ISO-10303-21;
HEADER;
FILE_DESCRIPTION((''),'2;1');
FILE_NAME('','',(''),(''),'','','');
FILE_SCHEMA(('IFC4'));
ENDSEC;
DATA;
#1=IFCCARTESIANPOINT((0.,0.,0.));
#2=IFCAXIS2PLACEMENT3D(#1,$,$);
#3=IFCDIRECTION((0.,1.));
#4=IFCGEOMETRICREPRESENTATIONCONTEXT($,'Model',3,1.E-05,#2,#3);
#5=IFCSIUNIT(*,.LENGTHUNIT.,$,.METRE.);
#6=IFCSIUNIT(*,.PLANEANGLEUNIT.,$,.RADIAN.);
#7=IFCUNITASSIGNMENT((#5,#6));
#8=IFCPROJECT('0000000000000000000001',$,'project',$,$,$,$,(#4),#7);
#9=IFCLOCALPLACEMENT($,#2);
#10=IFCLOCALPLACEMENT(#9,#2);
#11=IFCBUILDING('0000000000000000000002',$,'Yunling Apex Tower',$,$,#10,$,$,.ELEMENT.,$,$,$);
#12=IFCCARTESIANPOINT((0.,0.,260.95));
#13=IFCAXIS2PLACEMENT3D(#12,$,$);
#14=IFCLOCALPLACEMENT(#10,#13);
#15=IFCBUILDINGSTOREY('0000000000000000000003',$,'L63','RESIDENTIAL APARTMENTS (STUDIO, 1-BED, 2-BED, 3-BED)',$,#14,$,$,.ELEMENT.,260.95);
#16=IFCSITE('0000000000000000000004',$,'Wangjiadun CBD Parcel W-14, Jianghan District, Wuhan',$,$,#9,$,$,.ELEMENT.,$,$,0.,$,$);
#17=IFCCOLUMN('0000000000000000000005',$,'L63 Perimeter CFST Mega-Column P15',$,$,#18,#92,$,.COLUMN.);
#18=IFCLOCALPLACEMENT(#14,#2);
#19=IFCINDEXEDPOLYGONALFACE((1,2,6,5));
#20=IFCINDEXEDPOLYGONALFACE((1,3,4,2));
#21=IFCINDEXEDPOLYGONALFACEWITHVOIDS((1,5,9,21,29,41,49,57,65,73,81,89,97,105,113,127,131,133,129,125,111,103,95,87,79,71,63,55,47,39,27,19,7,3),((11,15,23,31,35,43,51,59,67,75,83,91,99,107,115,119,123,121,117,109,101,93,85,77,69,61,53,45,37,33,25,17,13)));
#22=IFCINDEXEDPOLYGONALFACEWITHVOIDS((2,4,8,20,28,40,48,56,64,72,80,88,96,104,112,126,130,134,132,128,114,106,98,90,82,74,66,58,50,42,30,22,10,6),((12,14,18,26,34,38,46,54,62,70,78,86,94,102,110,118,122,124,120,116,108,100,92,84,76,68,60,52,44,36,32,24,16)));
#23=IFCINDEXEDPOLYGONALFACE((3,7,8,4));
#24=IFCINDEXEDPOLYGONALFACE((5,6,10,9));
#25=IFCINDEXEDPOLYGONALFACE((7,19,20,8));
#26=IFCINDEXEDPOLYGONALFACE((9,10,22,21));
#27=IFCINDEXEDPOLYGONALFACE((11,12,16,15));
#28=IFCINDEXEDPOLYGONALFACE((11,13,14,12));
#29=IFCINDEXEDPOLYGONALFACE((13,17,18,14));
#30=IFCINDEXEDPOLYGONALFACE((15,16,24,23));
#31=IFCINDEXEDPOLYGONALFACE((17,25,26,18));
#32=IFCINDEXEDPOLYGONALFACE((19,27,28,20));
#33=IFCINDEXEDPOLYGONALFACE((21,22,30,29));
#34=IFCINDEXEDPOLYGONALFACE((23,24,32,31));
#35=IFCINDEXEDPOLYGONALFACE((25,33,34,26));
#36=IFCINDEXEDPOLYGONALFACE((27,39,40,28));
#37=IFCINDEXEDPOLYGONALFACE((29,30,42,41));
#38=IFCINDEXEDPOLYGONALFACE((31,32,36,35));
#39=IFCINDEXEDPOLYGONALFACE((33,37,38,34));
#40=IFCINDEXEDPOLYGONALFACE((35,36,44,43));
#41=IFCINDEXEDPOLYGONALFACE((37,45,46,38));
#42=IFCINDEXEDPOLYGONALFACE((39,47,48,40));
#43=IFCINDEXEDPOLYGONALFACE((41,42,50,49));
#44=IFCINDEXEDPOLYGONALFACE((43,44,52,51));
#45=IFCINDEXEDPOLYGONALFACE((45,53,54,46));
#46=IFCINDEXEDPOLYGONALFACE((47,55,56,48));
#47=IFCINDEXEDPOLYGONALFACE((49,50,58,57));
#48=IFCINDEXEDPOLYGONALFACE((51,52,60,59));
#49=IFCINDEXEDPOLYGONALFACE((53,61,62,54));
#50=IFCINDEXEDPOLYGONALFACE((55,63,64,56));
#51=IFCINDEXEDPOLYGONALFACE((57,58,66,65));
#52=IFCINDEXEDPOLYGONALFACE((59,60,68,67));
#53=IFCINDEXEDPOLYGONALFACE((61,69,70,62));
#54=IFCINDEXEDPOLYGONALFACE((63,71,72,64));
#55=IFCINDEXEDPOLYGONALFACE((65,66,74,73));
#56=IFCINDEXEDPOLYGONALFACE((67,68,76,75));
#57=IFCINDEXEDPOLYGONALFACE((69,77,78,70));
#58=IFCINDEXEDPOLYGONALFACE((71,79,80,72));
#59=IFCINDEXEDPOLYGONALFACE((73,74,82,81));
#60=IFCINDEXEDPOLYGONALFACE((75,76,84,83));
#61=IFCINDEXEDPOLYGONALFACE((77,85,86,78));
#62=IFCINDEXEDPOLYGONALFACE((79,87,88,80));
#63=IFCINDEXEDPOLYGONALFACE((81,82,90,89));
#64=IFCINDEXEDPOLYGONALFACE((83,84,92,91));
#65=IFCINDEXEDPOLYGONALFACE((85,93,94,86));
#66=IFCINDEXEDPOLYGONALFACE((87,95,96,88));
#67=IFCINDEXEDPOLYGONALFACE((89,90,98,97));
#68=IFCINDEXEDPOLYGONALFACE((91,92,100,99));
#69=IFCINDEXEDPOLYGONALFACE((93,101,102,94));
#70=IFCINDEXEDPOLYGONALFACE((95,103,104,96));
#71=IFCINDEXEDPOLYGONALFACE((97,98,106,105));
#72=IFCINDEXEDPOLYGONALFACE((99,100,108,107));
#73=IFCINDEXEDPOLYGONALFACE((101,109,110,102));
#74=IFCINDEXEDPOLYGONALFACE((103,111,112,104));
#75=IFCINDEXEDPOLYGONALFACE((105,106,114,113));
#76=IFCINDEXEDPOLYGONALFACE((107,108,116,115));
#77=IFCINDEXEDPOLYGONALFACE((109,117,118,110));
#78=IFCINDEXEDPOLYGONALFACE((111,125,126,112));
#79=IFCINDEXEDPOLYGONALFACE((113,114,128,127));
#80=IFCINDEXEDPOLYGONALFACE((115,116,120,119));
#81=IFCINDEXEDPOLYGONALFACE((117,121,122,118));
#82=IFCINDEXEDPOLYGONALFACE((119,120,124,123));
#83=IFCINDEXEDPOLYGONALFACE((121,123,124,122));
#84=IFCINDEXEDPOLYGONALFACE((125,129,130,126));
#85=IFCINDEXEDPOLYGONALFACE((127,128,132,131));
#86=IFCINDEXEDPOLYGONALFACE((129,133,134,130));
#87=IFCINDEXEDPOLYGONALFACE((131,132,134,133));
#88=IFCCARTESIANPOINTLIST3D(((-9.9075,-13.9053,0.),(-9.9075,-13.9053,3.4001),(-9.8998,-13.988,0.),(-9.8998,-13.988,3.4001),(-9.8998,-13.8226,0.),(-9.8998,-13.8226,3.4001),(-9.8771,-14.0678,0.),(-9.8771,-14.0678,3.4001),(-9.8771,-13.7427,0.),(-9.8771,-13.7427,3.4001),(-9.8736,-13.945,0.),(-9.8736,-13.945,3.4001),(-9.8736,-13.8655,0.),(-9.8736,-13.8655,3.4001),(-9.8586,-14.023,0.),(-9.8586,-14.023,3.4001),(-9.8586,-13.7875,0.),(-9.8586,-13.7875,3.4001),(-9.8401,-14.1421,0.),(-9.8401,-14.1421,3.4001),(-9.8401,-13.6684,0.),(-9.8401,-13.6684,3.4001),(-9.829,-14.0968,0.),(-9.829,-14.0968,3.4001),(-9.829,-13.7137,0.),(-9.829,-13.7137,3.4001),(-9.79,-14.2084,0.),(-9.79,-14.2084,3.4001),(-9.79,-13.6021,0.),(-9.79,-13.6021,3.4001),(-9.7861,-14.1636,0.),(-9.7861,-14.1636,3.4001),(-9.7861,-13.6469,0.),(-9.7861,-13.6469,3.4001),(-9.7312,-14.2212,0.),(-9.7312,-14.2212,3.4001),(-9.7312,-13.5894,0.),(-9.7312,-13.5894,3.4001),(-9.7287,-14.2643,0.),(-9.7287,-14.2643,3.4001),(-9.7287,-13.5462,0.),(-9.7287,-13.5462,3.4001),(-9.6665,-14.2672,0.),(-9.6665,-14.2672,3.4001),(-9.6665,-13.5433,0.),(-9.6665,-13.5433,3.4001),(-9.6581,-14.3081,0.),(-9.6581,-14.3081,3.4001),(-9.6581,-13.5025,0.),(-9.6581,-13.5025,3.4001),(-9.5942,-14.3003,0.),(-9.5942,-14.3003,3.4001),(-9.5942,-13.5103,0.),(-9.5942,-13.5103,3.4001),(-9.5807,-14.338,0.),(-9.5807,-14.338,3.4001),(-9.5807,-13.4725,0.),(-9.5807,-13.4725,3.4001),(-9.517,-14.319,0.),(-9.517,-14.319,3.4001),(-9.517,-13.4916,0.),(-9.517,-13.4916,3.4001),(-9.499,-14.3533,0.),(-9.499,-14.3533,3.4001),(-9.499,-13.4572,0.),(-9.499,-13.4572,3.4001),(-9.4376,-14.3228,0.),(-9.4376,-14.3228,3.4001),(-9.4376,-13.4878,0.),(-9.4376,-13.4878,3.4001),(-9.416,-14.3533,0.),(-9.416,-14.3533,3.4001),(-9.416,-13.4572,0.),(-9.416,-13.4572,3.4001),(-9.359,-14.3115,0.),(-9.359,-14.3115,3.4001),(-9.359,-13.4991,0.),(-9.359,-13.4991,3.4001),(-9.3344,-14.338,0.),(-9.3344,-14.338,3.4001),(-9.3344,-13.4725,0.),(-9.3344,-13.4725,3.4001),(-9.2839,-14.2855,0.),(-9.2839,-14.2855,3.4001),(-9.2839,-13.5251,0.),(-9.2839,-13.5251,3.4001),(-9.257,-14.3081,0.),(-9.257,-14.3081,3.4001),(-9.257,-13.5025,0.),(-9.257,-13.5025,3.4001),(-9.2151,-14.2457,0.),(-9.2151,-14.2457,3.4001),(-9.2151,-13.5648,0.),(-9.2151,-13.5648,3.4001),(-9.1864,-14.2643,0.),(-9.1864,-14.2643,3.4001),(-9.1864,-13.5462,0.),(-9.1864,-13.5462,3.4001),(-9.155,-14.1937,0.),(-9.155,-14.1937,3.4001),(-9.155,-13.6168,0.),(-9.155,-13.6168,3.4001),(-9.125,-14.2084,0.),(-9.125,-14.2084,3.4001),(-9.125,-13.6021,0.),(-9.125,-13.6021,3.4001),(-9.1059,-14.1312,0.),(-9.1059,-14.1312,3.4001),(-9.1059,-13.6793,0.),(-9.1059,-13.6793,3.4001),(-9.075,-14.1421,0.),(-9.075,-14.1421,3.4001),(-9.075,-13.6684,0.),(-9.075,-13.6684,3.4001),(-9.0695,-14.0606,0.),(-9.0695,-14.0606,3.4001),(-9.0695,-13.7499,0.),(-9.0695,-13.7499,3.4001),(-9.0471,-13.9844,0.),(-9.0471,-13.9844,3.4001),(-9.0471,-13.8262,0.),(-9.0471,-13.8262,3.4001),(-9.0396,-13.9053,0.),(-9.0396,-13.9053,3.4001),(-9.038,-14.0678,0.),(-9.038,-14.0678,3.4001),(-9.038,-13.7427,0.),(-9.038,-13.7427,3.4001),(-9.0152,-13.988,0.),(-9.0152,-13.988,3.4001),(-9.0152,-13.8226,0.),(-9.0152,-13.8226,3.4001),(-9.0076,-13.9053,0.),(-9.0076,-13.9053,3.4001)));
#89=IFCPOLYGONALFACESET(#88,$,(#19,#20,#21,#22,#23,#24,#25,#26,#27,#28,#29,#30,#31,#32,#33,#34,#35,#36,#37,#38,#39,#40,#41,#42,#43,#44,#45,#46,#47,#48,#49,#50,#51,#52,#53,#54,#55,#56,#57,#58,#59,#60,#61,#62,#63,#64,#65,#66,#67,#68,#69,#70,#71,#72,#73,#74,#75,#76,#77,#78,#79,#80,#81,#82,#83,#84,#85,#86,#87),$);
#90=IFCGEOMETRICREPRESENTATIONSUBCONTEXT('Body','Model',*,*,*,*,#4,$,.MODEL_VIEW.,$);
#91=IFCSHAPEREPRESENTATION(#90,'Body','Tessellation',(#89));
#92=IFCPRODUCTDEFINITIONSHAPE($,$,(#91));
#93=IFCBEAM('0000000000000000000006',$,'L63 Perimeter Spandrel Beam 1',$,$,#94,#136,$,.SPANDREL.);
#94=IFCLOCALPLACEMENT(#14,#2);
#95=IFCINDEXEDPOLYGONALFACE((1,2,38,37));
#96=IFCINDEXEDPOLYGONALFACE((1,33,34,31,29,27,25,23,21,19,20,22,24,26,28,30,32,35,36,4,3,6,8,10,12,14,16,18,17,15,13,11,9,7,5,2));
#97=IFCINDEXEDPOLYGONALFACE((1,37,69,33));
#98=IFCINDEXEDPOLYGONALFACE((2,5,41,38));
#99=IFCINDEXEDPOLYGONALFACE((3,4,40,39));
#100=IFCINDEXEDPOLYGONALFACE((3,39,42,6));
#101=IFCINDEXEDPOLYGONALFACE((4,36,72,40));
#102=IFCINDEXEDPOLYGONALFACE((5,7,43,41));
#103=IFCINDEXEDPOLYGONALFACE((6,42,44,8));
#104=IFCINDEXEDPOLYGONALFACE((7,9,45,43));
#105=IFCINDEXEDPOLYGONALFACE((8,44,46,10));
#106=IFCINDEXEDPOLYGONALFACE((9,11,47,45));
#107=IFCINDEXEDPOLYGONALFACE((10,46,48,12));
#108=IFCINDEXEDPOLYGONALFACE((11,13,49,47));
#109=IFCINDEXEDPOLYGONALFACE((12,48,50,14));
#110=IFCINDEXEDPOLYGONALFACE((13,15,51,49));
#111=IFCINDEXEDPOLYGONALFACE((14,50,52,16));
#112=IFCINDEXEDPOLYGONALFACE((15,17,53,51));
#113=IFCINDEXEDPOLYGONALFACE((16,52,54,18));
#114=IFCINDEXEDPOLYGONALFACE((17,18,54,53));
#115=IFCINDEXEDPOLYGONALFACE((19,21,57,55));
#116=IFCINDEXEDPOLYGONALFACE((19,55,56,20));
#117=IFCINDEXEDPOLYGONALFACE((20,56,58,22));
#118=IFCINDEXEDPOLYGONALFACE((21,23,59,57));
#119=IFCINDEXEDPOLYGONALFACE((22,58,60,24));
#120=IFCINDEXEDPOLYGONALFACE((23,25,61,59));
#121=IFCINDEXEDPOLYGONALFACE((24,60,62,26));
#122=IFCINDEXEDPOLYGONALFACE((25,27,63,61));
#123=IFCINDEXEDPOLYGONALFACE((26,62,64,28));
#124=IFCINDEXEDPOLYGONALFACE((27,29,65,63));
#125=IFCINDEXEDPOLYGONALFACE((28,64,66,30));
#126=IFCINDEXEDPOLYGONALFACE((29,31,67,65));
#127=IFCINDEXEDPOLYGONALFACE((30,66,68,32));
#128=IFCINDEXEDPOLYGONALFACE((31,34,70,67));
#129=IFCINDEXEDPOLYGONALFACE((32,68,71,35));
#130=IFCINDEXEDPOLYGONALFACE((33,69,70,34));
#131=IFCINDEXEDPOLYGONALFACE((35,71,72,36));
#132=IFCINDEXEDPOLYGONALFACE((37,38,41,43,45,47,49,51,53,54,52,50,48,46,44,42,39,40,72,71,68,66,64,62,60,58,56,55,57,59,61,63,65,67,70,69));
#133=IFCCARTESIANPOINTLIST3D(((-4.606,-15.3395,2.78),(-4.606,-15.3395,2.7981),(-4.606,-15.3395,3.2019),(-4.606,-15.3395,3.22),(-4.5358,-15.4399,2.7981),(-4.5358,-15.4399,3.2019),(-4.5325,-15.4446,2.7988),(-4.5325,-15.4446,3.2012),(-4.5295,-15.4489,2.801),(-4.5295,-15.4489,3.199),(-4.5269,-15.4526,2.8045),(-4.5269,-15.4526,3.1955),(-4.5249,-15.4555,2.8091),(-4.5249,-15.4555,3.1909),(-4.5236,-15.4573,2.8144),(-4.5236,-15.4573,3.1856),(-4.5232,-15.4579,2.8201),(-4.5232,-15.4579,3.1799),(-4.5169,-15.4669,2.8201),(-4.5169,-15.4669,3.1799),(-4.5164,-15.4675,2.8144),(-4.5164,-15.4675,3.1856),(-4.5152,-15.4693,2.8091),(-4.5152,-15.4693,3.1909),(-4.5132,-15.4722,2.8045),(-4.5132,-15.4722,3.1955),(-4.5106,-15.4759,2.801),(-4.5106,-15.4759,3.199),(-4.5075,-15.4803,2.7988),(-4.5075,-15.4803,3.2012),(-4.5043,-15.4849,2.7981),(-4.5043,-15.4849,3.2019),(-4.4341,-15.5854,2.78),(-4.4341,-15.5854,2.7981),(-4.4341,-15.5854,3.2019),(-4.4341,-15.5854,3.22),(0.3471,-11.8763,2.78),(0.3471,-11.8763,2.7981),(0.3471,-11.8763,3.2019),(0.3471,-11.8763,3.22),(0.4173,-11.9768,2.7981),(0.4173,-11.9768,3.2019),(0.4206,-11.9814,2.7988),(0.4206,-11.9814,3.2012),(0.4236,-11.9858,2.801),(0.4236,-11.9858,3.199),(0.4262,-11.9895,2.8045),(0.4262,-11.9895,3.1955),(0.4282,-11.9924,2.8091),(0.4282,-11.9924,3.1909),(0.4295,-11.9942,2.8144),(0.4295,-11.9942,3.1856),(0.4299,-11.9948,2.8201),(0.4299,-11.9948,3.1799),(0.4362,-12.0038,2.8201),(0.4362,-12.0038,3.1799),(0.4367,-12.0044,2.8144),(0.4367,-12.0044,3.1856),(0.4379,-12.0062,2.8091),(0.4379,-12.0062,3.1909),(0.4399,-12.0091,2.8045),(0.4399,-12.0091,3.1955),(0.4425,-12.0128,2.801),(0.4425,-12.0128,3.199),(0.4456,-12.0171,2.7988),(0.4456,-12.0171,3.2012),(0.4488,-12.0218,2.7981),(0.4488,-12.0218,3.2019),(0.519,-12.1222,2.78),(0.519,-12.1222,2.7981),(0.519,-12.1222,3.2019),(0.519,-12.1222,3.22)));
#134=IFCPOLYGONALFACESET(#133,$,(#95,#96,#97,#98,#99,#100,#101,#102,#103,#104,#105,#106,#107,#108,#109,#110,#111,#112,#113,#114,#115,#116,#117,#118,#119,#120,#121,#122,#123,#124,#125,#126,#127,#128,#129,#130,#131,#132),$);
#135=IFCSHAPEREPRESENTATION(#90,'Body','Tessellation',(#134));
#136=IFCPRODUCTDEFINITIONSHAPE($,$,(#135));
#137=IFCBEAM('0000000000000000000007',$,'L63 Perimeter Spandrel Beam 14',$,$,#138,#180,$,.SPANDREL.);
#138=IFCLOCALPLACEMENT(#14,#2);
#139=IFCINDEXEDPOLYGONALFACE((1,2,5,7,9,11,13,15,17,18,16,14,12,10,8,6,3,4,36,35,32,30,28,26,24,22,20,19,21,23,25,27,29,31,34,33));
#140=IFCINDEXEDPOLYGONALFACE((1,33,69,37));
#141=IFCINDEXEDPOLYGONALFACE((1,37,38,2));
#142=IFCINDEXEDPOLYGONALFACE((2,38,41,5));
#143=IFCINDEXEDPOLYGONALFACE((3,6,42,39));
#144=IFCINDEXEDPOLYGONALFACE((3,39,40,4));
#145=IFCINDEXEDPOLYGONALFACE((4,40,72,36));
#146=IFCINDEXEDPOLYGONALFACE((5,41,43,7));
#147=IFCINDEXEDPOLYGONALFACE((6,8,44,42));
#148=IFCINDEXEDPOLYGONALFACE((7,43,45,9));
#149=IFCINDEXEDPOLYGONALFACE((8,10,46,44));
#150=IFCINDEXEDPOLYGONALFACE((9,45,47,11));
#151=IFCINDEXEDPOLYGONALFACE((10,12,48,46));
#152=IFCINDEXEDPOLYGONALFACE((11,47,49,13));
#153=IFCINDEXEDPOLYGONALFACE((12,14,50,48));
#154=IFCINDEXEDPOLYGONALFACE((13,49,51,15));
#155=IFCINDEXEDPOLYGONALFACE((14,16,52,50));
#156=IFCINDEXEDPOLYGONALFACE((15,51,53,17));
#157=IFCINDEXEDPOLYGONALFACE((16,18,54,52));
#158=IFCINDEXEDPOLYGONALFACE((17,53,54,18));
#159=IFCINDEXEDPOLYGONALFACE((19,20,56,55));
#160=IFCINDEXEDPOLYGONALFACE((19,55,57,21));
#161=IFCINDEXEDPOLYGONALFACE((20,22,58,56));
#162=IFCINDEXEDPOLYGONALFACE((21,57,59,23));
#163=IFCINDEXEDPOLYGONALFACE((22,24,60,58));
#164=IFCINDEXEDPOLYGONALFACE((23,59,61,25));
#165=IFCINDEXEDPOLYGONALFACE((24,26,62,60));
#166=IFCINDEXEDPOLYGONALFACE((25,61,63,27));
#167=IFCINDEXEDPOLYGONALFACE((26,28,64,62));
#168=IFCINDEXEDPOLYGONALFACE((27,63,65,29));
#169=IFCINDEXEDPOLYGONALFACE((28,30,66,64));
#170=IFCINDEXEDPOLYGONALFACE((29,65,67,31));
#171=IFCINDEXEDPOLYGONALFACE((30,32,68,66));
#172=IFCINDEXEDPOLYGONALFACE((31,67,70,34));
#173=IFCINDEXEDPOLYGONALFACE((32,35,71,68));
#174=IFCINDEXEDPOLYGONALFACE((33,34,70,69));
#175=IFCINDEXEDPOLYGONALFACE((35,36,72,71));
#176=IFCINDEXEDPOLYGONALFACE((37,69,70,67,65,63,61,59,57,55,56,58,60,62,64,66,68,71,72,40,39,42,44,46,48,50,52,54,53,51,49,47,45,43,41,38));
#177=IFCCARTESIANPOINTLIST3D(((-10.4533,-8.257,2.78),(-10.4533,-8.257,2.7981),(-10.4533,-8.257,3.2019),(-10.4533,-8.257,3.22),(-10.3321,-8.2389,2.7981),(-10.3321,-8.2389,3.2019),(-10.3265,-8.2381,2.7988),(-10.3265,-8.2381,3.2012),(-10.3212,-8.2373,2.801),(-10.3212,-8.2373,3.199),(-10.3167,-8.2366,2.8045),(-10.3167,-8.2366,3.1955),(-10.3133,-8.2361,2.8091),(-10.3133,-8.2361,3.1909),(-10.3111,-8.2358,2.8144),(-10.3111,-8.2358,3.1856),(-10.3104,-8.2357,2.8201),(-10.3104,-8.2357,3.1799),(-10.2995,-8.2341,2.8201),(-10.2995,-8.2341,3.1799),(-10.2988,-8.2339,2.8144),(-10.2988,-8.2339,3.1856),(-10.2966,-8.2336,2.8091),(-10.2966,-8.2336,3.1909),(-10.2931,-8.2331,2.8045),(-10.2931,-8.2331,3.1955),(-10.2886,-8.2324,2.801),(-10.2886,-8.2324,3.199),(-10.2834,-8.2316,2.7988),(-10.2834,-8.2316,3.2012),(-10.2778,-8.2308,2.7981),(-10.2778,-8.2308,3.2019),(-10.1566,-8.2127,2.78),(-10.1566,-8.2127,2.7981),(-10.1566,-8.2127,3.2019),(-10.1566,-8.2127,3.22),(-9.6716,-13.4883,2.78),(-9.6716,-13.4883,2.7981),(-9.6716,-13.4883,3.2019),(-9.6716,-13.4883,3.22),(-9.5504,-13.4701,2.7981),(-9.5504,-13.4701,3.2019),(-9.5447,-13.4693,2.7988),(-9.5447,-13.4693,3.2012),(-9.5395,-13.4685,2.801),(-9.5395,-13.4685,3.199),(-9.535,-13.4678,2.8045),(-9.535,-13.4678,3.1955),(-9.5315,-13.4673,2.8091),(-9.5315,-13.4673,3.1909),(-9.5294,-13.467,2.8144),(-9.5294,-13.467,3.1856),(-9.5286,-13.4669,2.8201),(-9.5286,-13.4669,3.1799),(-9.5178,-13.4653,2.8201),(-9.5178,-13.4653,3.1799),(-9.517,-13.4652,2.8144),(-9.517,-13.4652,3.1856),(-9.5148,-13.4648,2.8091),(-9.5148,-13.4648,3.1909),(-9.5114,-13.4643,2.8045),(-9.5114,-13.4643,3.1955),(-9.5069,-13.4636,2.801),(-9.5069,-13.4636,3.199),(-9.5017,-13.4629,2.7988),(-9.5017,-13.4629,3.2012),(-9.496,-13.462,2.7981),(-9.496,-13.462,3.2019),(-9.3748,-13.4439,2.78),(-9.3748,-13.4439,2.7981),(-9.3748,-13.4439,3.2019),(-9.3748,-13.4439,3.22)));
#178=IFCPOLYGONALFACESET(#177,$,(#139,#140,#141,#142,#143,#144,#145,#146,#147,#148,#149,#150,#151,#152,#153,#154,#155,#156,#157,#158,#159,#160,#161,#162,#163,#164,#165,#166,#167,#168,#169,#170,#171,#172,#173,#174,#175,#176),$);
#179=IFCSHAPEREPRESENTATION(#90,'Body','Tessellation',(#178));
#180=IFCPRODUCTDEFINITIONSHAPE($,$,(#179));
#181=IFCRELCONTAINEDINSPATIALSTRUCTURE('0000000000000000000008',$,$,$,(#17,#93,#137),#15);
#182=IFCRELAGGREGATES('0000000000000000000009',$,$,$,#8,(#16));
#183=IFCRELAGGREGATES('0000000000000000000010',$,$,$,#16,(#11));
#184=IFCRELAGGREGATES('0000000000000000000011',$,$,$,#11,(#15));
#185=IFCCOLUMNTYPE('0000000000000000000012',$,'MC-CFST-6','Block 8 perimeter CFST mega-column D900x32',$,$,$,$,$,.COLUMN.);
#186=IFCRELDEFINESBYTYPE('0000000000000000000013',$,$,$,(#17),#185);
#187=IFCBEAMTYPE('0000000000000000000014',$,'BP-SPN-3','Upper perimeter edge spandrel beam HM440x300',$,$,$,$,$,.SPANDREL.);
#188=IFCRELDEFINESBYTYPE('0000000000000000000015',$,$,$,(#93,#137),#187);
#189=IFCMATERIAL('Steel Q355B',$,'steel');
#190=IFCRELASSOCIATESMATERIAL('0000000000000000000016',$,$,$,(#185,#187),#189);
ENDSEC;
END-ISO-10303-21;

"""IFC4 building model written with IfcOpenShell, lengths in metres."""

from ifc_helpers import new_model, si_unit, direction, frame, origin, origin_2d, place, context, subcontext, project, spatial, hollow_circle, i_section, extrude, source, transform, mapped, material, material_profile, profile_set, type_object, element, save


model = new_model("IFC4")

# Units and contexts
model_context = context("Model", 3, precision=1e-05, world=origin(), true_north=direction((0.0, 1.0)))
body_context = subcontext(model_context, "Body", "Model", "MODEL_VIEW")
ifc_project = project(units=[si_unit("LENGTHUNIT", "METRE"), si_unit("PLANEANGLEUNIT", "RADIAN")], contexts=[model_context])

# Site, building, storey
site_placement = place(None, origin())
site = spatial("IfcSite", under=ifc_project, at=site_placement, Name="Wangjiadun CBD Parcel W-14, Jianghan District, Wuhan", CompositionType="ELEMENT", RefElevation=0.0)
building_placement = place(site_placement, origin())
building = spatial("IfcBuilding", under=site, at=building_placement, Name="Yunling Apex Tower", CompositionType="ELEMENT")
storey_placement = place(building_placement, frame((0.0, 0.0, 260.95)))
storey = spatial("IfcBuildingStorey", under=building, at=storey_placement, Name="L63", Description="RESIDENTIAL APARTMENTS (STUDIO, 1-BED, 2-BED, 3-BED)", CompositionType="ELEMENT", Elevation=260.95)

# Column
ifc_material_1 = material(Name="Steel Q355B", Category="steel")
ifc_material_profile_1 = material_profile(ifc_material_1, hollow_circle(Radius=0.45, WallThickness=0.032, at=origin_2d()))
ifc_profile_set_1 = profile_set([ifc_material_profile_1], Name="Steel Q355B")
column_type = type_object("IfcColumnType", Name="MC-CFST-6", Description="Block 8 perimeter CFST mega-column D900x32", PredefinedType="COLUMN", material=ifc_profile_set_1)
shared_shape_1 = source(origin(), body_context, "Body", "SweptSolid", [
    extrude(hollow_circle(Radius=0.45, WallThickness=0.032, at=origin_2d()), origin(), (0.0, 0.0, 1.0), 3.4001),
])
for number, where, z_axis, x_axis, name in (
    (1, (-9.4575, -13.9053, 0.0), (0.0, 0.0, 1.0), (1.0, 0.0, 0.0), "L63 Perimeter CFST Mega-Column P15"),
):
    element("IfcColumn", number, at=place(storey_placement, frame(where, z_axis=z_axis, x_axis=x_axis)), inside=storey, type_object=column_type, Name=name, PredefinedType="COLUMN", context=body_context, shape_type="MappedRepresentation", body=[
        mapped(shared_shape_1, transform((0.0, 0.0, 0.0), scale=1.0)),
    ])

# Beams
ifc_material_profile_2 = material_profile(ifc_material_1, i_section(OverallWidth=0.3, OverallDepth=0.4399, WebThickness=0.011, FlangeThickness=0.0181, FilletRadius=0.022, at=origin_2d()))
ifc_profile_set_2 = profile_set([ifc_material_profile_2], Name="Steel Q355B")
beam_type_1 = type_object("IfcBeamType", Name="BP-SPN-3", Description="Upper perimeter edge spandrel beam HM440x300", PredefinedType="SPANDREL", material=ifc_profile_set_2)
shared_shape_2 = source(origin(), body_context, "Body", "SweptSolid", [
    extrude(i_section(OverallWidth=0.3, OverallDepth=0.4399, WebThickness=0.011, FlangeThickness=0.0181, FilletRadius=0.022, at=origin_2d()), origin(), (0.0, 0.0, 1.0), 6.0437),
])
beam_1_placement = place(storey_placement, frame((-4.52, -15.4624, 3.0), z_axis=(0.819547, 0.573012, 0.0), x_axis=(-0.573012, 0.819547, 0.0)))
element("IfcBeam", 2, at=beam_1_placement, inside=storey, type_object=beam_type_1, Name="L63 Perimeter Spandrel Beam 1", PredefinedType="SPANDREL", context=body_context, shape_type="MappedRepresentation", body=[
    mapped(shared_shape_2, transform((0.0, 0.0, 0.0), scale=1.0)),
])
shared_shape_3 = source(origin(), body_context, "Body", "SweptSolid", [
    extrude(i_section(OverallWidth=0.3, OverallDepth=0.4399, WebThickness=0.011, FlangeThickness=0.0181, FilletRadius=0.022, at=origin_2d()), origin(), (0.0, 0.0, 1.0), 5.2893),
])
beam_2_placement = place(storey_placement, frame((-10.3049, -8.2349, 3.0), z_axis=(0.147796, -0.989018, 0.0), x_axis=(0.989018, 0.147796, 0.0)))
element("IfcBeam", 3, at=beam_2_placement, inside=storey, type_object=beam_type_1, Name="L63 Perimeter Spandrel Beam 14", PredefinedType="SPANDREL", context=body_context, shape_type="MappedRepresentation", body=[
    mapped(shared_shape_3, transform((0.0, 0.0, 0.0), scale=1.0)),
])

save(model, "model.ifc")
